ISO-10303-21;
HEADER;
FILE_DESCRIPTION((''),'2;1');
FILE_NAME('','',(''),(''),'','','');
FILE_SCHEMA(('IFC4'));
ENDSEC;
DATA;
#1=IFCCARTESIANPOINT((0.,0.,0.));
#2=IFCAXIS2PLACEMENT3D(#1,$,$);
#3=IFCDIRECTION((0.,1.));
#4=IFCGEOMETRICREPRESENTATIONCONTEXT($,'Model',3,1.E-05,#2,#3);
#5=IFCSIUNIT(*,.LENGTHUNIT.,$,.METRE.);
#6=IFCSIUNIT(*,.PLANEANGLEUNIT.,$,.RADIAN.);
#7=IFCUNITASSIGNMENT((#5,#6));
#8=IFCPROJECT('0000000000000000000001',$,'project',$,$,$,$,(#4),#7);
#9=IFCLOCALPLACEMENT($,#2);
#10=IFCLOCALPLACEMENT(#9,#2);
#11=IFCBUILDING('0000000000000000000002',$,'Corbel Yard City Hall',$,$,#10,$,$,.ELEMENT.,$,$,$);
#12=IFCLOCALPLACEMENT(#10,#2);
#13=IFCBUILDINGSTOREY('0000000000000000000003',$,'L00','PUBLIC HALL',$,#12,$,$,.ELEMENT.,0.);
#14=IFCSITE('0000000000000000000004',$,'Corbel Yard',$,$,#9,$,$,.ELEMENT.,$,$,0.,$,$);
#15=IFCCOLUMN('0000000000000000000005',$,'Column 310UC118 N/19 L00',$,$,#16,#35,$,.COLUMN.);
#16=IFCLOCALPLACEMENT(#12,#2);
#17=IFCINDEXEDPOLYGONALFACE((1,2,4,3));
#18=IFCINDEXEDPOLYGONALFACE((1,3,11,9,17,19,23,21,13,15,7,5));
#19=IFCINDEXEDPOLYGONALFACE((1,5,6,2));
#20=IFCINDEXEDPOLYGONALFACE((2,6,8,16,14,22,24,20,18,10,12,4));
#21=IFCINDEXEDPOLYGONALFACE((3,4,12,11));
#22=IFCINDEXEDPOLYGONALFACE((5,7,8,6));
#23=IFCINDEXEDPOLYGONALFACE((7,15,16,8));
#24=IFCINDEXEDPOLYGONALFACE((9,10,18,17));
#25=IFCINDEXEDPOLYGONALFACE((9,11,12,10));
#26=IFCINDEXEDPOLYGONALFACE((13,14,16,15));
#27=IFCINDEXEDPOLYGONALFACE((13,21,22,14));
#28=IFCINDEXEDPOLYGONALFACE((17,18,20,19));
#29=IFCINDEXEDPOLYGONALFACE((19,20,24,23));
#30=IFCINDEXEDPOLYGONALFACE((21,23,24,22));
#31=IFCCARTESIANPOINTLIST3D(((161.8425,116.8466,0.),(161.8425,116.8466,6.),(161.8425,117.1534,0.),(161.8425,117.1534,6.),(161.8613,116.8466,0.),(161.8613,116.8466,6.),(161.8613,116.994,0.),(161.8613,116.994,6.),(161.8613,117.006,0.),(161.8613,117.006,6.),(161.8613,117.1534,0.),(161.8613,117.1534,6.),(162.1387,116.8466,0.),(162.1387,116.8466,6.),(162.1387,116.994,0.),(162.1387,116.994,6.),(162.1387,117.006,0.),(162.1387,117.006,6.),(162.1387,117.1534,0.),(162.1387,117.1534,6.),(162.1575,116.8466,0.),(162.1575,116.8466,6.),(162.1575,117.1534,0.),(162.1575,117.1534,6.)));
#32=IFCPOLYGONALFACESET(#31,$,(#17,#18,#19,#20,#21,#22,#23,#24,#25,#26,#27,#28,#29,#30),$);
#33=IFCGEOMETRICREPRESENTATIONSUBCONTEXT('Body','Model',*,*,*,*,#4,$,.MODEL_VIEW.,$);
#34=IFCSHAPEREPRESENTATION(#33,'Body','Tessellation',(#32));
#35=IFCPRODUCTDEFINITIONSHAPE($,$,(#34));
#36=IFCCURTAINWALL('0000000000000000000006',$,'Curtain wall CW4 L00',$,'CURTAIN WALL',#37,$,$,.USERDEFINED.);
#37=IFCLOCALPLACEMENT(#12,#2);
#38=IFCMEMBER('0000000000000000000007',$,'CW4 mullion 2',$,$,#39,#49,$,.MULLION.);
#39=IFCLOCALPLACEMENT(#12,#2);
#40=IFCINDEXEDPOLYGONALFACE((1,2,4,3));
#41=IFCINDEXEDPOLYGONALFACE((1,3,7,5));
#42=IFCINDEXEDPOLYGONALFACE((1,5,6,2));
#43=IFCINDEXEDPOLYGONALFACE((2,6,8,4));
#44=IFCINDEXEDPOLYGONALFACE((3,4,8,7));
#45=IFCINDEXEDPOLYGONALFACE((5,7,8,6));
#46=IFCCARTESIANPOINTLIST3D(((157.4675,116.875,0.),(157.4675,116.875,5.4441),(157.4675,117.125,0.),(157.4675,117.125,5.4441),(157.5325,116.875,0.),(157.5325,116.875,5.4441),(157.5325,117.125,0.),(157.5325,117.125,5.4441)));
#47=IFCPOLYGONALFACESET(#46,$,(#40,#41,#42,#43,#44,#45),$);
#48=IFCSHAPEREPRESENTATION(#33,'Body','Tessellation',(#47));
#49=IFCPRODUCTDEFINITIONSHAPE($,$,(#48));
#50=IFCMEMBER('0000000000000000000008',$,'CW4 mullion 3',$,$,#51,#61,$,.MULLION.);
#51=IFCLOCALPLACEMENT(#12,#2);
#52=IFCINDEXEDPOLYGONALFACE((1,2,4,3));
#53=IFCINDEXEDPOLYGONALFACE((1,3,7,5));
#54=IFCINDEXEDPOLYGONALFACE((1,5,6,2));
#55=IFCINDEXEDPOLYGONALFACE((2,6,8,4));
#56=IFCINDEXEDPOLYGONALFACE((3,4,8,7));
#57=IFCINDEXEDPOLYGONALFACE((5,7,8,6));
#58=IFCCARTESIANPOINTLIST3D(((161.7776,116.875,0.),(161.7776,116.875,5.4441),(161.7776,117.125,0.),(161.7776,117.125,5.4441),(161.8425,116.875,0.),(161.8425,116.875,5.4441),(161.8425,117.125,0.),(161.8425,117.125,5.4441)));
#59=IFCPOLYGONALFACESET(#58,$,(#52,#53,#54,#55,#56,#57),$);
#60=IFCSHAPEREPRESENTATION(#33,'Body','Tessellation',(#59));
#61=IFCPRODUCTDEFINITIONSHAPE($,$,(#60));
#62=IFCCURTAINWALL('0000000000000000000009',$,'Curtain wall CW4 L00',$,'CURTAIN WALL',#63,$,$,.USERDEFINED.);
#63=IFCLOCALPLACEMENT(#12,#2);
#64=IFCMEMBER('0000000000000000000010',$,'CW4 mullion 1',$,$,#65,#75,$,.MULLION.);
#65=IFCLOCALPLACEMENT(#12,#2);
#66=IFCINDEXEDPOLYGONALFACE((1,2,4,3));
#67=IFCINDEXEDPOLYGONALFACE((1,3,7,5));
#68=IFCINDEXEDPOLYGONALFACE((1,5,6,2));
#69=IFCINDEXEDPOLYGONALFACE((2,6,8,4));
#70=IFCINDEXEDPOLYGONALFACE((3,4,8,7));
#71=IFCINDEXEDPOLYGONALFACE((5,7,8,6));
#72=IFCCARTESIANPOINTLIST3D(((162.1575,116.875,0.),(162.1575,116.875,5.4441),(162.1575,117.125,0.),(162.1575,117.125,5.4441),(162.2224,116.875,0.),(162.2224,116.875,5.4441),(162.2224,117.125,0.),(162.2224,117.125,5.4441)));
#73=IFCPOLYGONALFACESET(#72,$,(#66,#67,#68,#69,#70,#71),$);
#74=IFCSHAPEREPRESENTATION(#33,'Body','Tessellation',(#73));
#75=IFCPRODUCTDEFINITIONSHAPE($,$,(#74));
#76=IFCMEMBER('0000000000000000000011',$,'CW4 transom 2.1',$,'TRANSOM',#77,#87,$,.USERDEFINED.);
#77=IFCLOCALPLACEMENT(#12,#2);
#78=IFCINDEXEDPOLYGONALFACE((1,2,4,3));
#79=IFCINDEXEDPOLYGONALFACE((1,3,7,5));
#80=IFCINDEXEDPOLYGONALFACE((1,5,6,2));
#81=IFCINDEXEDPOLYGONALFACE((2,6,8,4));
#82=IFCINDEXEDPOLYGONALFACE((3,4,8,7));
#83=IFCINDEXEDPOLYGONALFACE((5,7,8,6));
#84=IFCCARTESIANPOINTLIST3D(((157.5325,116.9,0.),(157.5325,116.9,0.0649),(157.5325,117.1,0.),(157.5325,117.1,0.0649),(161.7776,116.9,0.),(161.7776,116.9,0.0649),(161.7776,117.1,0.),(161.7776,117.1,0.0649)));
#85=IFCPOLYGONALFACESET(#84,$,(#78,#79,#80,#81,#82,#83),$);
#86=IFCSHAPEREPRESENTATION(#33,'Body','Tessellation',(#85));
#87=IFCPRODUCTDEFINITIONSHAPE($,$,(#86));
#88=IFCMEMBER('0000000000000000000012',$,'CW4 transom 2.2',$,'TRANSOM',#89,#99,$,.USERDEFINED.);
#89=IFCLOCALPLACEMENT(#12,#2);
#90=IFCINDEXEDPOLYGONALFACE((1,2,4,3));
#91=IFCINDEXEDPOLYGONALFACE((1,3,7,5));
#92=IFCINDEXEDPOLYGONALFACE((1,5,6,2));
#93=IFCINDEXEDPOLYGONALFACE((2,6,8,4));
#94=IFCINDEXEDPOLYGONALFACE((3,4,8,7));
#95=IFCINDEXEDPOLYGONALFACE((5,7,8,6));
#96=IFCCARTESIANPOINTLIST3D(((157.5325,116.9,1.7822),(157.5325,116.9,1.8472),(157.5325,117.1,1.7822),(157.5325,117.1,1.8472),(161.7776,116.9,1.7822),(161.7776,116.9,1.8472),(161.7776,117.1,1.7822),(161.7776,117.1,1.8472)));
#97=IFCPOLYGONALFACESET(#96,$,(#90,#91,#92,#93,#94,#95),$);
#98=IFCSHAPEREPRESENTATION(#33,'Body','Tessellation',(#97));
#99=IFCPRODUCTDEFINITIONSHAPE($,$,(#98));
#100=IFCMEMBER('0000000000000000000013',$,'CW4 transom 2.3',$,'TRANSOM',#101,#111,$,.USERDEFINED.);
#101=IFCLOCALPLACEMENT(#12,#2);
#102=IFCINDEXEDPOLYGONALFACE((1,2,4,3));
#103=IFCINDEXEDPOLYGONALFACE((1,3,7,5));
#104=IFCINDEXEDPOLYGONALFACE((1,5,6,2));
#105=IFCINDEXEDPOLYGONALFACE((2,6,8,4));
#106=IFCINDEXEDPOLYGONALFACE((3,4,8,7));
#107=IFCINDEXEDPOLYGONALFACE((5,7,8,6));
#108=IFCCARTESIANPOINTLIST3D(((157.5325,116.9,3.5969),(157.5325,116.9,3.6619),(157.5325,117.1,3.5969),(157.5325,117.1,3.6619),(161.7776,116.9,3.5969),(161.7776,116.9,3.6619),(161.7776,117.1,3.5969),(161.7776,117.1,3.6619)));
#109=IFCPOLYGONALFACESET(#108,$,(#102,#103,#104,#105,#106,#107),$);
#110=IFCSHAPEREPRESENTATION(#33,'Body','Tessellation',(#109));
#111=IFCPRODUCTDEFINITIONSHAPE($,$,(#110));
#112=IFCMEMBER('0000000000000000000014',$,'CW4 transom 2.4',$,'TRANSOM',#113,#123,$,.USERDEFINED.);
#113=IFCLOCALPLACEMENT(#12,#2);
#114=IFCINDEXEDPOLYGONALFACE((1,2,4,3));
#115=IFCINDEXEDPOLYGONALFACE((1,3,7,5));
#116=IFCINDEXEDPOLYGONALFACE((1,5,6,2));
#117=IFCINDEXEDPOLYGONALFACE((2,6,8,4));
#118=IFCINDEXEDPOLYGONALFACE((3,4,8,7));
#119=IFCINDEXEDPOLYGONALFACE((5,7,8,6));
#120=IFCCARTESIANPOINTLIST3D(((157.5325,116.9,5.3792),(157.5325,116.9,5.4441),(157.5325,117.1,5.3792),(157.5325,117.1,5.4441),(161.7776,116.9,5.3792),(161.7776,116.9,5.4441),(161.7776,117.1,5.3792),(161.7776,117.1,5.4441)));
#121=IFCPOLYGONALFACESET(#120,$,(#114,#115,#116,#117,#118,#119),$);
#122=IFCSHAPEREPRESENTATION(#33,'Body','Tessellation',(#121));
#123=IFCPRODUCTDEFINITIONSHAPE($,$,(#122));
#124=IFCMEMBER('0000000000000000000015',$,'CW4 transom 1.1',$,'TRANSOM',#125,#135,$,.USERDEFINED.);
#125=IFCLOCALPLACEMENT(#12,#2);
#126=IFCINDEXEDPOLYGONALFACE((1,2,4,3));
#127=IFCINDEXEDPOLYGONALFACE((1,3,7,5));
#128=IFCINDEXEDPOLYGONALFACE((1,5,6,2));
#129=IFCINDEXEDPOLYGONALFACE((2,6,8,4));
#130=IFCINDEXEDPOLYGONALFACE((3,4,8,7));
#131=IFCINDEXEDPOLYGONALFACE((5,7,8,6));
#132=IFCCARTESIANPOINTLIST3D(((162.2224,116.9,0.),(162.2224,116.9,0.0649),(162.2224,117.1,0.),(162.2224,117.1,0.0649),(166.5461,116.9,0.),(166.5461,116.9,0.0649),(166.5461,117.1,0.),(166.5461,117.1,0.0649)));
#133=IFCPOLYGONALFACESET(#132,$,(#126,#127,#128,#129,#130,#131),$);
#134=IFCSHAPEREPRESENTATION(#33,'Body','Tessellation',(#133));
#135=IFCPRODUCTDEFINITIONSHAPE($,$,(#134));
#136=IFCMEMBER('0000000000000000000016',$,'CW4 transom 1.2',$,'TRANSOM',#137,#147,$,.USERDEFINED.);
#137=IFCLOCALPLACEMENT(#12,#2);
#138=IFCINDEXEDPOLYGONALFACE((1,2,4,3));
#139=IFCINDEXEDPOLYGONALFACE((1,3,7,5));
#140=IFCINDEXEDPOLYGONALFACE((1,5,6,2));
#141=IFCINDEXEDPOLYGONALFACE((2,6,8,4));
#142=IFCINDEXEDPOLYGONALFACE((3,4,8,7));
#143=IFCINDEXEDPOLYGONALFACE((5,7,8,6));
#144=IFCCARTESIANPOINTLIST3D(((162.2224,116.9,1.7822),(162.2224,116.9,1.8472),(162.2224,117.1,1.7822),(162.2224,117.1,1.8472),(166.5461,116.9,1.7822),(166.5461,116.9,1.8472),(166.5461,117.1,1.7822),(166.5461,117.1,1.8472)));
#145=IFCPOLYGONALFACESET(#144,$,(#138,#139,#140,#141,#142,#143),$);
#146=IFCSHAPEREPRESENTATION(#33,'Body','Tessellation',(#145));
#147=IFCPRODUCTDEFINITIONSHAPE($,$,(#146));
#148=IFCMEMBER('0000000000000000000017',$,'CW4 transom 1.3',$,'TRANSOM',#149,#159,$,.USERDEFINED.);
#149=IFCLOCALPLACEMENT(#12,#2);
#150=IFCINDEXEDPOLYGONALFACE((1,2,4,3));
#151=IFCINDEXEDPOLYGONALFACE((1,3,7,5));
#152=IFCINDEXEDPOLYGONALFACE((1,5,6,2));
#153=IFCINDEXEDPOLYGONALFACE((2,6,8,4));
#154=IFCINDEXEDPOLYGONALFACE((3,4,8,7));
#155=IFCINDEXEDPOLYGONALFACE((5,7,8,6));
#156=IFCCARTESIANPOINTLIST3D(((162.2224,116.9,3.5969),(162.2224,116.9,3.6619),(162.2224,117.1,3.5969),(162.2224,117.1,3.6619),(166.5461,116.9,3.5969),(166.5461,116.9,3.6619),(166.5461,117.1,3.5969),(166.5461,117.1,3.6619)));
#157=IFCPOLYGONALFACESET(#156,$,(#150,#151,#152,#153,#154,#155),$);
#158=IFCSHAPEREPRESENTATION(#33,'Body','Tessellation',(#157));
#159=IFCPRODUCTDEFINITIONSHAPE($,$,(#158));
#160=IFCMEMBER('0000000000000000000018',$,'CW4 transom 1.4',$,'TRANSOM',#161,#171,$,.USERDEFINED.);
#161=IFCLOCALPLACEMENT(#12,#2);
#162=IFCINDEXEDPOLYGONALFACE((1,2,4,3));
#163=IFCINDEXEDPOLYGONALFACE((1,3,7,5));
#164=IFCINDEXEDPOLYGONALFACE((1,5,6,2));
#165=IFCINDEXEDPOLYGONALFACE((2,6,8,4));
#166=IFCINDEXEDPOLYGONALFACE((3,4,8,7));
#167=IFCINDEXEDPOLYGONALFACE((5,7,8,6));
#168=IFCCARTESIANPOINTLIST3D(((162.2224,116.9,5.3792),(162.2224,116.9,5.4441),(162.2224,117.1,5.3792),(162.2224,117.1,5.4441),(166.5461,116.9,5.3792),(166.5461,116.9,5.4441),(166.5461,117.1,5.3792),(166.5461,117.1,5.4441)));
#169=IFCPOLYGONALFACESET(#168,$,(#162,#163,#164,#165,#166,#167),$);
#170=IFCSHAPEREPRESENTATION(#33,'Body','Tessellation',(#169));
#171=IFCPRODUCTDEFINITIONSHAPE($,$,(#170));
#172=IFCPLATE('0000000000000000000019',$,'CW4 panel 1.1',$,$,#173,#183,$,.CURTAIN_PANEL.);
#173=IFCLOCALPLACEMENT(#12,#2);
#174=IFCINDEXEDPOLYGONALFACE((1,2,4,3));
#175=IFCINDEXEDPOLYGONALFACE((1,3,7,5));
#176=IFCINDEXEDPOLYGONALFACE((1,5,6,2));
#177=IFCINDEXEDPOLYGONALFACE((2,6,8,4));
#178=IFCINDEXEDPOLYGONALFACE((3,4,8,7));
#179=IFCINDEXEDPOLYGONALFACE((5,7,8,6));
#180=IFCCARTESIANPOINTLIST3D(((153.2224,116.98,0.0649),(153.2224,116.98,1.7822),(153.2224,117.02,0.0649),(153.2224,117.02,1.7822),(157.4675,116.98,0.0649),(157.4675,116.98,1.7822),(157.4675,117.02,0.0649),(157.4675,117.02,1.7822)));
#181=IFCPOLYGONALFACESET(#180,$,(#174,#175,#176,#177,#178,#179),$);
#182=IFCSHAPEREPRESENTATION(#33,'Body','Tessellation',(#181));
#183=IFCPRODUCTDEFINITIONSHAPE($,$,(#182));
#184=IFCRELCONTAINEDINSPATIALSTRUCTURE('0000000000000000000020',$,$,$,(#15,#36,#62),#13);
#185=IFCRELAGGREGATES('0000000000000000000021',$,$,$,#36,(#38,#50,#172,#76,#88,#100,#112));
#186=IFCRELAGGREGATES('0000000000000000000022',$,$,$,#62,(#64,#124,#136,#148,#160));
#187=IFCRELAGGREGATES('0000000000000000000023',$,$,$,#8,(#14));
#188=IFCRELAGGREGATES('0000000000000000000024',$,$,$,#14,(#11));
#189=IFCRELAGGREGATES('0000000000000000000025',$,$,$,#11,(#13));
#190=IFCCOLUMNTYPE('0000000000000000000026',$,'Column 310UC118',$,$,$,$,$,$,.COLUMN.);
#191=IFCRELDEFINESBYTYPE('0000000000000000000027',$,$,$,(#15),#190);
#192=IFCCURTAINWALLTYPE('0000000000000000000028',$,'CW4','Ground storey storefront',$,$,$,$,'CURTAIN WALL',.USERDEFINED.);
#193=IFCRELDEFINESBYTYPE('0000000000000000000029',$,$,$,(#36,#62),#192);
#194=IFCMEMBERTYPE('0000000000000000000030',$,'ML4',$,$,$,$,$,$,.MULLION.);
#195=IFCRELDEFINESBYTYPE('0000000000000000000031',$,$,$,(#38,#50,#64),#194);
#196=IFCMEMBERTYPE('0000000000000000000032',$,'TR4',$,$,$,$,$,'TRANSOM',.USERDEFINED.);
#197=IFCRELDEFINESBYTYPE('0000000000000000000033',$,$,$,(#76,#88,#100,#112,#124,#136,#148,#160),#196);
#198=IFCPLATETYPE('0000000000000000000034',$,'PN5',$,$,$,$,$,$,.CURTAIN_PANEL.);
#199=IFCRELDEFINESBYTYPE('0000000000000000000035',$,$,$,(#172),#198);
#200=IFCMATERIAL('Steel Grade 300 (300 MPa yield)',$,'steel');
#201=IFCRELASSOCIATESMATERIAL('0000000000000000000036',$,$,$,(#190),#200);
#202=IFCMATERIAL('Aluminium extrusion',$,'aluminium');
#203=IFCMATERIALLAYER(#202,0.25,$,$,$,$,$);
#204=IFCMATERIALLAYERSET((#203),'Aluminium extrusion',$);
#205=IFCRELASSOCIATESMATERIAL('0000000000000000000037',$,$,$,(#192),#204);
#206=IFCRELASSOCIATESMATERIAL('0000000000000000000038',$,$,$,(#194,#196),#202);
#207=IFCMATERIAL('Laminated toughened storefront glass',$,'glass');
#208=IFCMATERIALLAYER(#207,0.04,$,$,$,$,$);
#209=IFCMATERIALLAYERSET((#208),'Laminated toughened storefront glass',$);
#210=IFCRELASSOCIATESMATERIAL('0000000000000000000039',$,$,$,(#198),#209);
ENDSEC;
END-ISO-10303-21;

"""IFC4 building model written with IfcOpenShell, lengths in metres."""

from ifc_helpers import new_model, si_unit, direction, frame, origin, origin_2d, place, context, subcontext, project, spatial, rectangle, i_section, extrude, material, layer, layer_set, material_profile, profile_set, type_object, element, aggregate, save


model = new_model("IFC4")

# Units and contexts
model_context = context("Model", 3, precision=1e-05, world=origin(), true_north=direction((0.0, 1.0)))
body_context = subcontext(model_context, "Body", "Model", "MODEL_VIEW")
ifc_project = project(units=[si_unit("LENGTHUNIT", "METRE"), si_unit("PLANEANGLEUNIT", "RADIAN")], contexts=[model_context])

# Site, building, storey
site_placement = place(None, origin())
site = spatial("IfcSite", under=ifc_project, at=site_placement, Name="Corbel Yard", CompositionType="ELEMENT", RefElevation=0.0)
building_placement = place(site_placement, origin())
building = spatial("IfcBuilding", under=site, at=building_placement, Name="Corbel Yard City Hall", CompositionType="ELEMENT")
storey_placement = place(building_placement, origin())
storey = spatial("IfcBuildingStorey", under=building, at=storey_placement, Name="L00", Description="PUBLIC HALL", CompositionType="ELEMENT", Elevation=0.0)

# Column
ifc_material_1 = material(Name="Steel Grade 300 (300 MPa yield)", Category="steel")
ifc_material_profile_1 = material_profile(ifc_material_1, i_section(OverallWidth=0.3069, OverallDepth=0.3149, WebThickness=0.012, FlangeThickness=0.0188, at=origin_2d()), Name="310UC118")
ifc_profile_set_1 = profile_set([ifc_material_profile_1], Name="Steel Grade 300 (300 MPa yield)")
column_type = type_object("IfcColumnType", Name="Column 310UC118", PredefinedType="COLUMN", material=ifc_profile_set_1)
column_placement = place(storey_placement, frame((162.0, 117.0, 0.0), z_axis=(0.0, 0.0, 1.0), x_axis=(0.0, 1.0, 0.0)))
element("IfcColumn", 1, at=column_placement, inside=storey, type_object=column_type, Name="Column 310UC118 N/19 L00", PredefinedType="COLUMN", context=body_context, shape_type="SweptSolid", body=[
    extrude(i_section(OverallWidth=0.3069, OverallDepth=0.3149, WebThickness=0.012, FlangeThickness=0.0188, at=origin_2d()), origin(), (0.0, 0.0, 1.0), 6.0),
])

# Curtain wall, members
ifc_material_2 = material(Name="Aluminium extrusion", Category="aluminium")
ifc_layer_1 = layer(ifc_material_2, 0.25)
ifc_layer_set_1 = layer_set([ifc_layer_1], Name="Aluminium extrusion")
curtain_wall_type = type_object("IfcCurtainWallType", Name="CW4", Description="Ground storey storefront", ElementType="CURTAIN WALL", PredefinedType="USERDEFINED", material=ifc_layer_set_1)
curtain_wall_1_placement = place(storey_placement, origin())
curtain_wall_1 = element("IfcCurtainWall", 2, at=curtain_wall_1_placement, inside=storey, type_object=curtain_wall_type, Name="Curtain wall CW4 L00", ObjectType="CURTAIN WALL", PredefinedType="USERDEFINED")
ifc_material_profile_2 = material_profile(ifc_material_2, rectangle(XDim=0.25, YDim=0.0649, at=origin_2d()), Name="250x65")
ifc_profile_set_2 = profile_set([ifc_material_profile_2], Name="Aluminium extrusion")
member_type_1 = type_object("IfcMemberType", Name="ML4", PredefinedType="MULLION", material=ifc_profile_set_2)
member_1_placement = place(storey_placement, frame((157.5, 117.0, 0.0), z_axis=(0.0, 0.0, 1.0), x_axis=(0.0, 1.0, 0.0)))
member_1 = element("IfcMember", 3, at=member_1_placement, type_object=member_type_1, Name="CW4 mullion 2", PredefinedType="MULLION", context=body_context, shape_type="SweptSolid", body=[
    extrude(rectangle(XDim=0.25, YDim=0.0649, at=origin_2d()), origin(), (0.0, 0.0, 1.0), 5.4441),
])
member_2_placement = place(storey_placement, frame((161.8101, 117.0, 0.0), z_axis=(0.0, 0.0, 1.0), x_axis=(0.0, 1.0, 0.0)))
member_2 = element("IfcMember", 4, at=member_2_placement, type_object=member_type_1, Name="CW4 mullion 3", PredefinedType="MULLION", context=body_context, shape_type="SweptSolid", body=[
    extrude(rectangle(XDim=0.25, YDim=0.0649, at=origin_2d()), origin(), (0.0, 0.0, 1.0), 5.4441),
])

# Curtain wall, member
curtain_wall_2_placement = place(storey_placement, origin())
curtain_wall_2 = element("IfcCurtainWall", 5, at=curtain_wall_2_placement, inside=storey, type_object=curtain_wall_type, Name="Curtain wall CW4 L00", ObjectType="CURTAIN WALL", PredefinedType="USERDEFINED")
member_3_placement = place(storey_placement, frame((162.1899, 117.0, 0.0), z_axis=(0.0, 0.0, 1.0), x_axis=(0.0, 1.0, 0.0)))
member_3 = element("IfcMember", 6, at=member_3_placement, type_object=member_type_1, Name="CW4 mullion 1", PredefinedType="MULLION", context=body_context, shape_type="SweptSolid", body=[
    extrude(rectangle(XDim=0.25, YDim=0.0649, at=origin_2d()), origin(), (0.0, 0.0, 1.0), 5.4441),
])

# Members
ifc_material_profile_3 = material_profile(ifc_material_2, rectangle(XDim=0.2, YDim=0.0649, at=origin_2d()), Name="200x65")
ifc_profile_set_3 = profile_set([ifc_material_profile_3], Name="Aluminium extrusion")
member_type_2 = type_object("IfcMemberType", Name="TR4", ElementType="TRANSOM", PredefinedType="USERDEFINED", material=ifc_profile_set_3)
member_4_placement = place(storey_placement, frame((157.5325, 117.0, 0.0325), z_axis=(1.0, 0.0, 0.0), x_axis=(0.0, 1.0, 0.0)))
member_4 = element("IfcMember", 7, at=member_4_placement, type_object=member_type_2, Name="CW4 transom 2.1", ObjectType="TRANSOM", PredefinedType="USERDEFINED", context=body_context, shape_type="SweptSolid", body=[
    extrude(rectangle(XDim=0.2, YDim=0.0649, at=origin_2d()), origin(), (0.0, 0.0, 1.0), 4.2451),
])
member_5_placement = place(storey_placement, frame((157.5325, 117.0, 1.8147), z_axis=(1.0, 0.0, 0.0), x_axis=(0.0, 1.0, 0.0)))
member_5 = element("IfcMember", 8, at=member_5_placement, type_object=member_type_2, Name="CW4 transom 2.2", ObjectType="TRANSOM", PredefinedType="USERDEFINED", context=body_context, shape_type="SweptSolid", body=[
    extrude(rectangle(XDim=0.2, YDim=0.0649, at=origin_2d()), origin(), (0.0, 0.0, 1.0), 4.2451),
])
member_6_placement = place(storey_placement, frame((157.5325, 117.0, 3.6294), z_axis=(1.0, 0.0, 0.0), x_axis=(0.0, 1.0, 0.0)))
member_6 = element("IfcMember", 9, at=member_6_placement, type_object=member_type_2, Name="CW4 transom 2.3", ObjectType="TRANSOM", PredefinedType="USERDEFINED", context=body_context, shape_type="SweptSolid", body=[
    extrude(rectangle(XDim=0.2, YDim=0.0649, at=origin_2d()), origin(), (0.0, 0.0, 1.0), 4.2451),
])
member_7_placement = place(storey_placement, frame((157.5325, 117.0, 5.4116), z_axis=(1.0, 0.0, 0.0), x_axis=(0.0, 1.0, 0.0)))
member_7 = element("IfcMember", 10, at=member_7_placement, type_object=member_type_2, Name="CW4 transom 2.4", ObjectType="TRANSOM", PredefinedType="USERDEFINED", context=body_context, shape_type="SweptSolid", body=[
    extrude(rectangle(XDim=0.2, YDim=0.0649, at=origin_2d()), origin(), (0.0, 0.0, 1.0), 4.2451),
])
member_8_placement = place(storey_placement, frame((162.2224, 117.0, 0.0325), z_axis=(1.0, 0.0, 0.0), x_axis=(0.0, 1.0, 0.0)))
member_8 = element("IfcMember", 11, at=member_8_placement, type_object=member_type_2, Name="CW4 transom 1.1", ObjectType="TRANSOM", PredefinedType="USERDEFINED", context=body_context, shape_type="SweptSolid", body=[
    extrude(rectangle(XDim=0.2, YDim=0.0649, at=origin_2d()), origin(), (0.0, 0.0, 1.0), 4.3237),
])
member_9_placement = place(storey_placement, frame((162.2224, 117.0, 1.8147), z_axis=(1.0, 0.0, 0.0), x_axis=(0.0, 1.0, 0.0)))
member_9 = element("IfcMember", 12, at=member_9_placement, type_object=member_type_2, Name="CW4 transom 1.2", ObjectType="TRANSOM", PredefinedType="USERDEFINED", context=body_context, shape_type="SweptSolid", body=[
    extrude(rectangle(XDim=0.2, YDim=0.0649, at=origin_2d()), origin(), (0.0, 0.0, 1.0), 4.3237),
])
member_10_placement = place(storey_placement, frame((162.2224, 117.0, 3.6294), z_axis=(1.0, 0.0, 0.0), x_axis=(0.0, 1.0, 0.0)))
member_10 = element("IfcMember", 13, at=member_10_placement, type_object=member_type_2, Name="CW4 transom 1.3", ObjectType="TRANSOM", PredefinedType="USERDEFINED", context=body_context, shape_type="SweptSolid", body=[
    extrude(rectangle(XDim=0.2, YDim=0.0649, at=origin_2d()), origin(), (0.0, 0.0, 1.0), 4.3237),
])
member_11_placement = place(storey_placement, frame((162.2224, 117.0, 5.4116), z_axis=(1.0, 0.0, 0.0), x_axis=(0.0, 1.0, 0.0)))
member_11 = element("IfcMember", 14, at=member_11_placement, type_object=member_type_2, Name="CW4 transom 1.4", ObjectType="TRANSOM", PredefinedType="USERDEFINED", context=body_context, shape_type="SweptSolid", body=[
    extrude(rectangle(XDim=0.2, YDim=0.0649, at=origin_2d()), origin(), (0.0, 0.0, 1.0), 4.3237),
])

# Plate
ifc_material_3 = material(Name="Laminated toughened storefront glass", Category="glass")
ifc_layer_2 = layer(ifc_material_3, 0.04)
ifc_layer_set_2 = layer_set([ifc_layer_2], Name="Laminated toughened storefront glass")
plate_type = type_object("IfcPlateType", Name="PN5", PredefinedType="CURTAIN_PANEL", material=ifc_layer_set_2)
plate_1_placement = place(storey_placement, frame((155.345, 117.0, 0.0649), z_axis=(0.0, 0.0, 1.0), x_axis=(1.0, 0.0, 0.0)))
plate_1 = element("IfcPlate", 15, at=plate_1_placement, type_object=plate_type, Name="CW4 panel 1.1", PredefinedType="CURTAIN_PANEL", context=body_context, shape_type="SweptSolid", body=[
    extrude(rectangle(XDim=4.2451, YDim=0.04, at=origin_2d()), origin(), (0.0, 0.0, 1.0), 1.7173),
])
aggregate(curtain_wall_1, [member_1, member_2, plate_1, member_4, member_5, member_6, member_7])
aggregate(curtain_wall_2, [member_3, member_8, member_9, member_10, member_11])

save(model, "model.ifc")
